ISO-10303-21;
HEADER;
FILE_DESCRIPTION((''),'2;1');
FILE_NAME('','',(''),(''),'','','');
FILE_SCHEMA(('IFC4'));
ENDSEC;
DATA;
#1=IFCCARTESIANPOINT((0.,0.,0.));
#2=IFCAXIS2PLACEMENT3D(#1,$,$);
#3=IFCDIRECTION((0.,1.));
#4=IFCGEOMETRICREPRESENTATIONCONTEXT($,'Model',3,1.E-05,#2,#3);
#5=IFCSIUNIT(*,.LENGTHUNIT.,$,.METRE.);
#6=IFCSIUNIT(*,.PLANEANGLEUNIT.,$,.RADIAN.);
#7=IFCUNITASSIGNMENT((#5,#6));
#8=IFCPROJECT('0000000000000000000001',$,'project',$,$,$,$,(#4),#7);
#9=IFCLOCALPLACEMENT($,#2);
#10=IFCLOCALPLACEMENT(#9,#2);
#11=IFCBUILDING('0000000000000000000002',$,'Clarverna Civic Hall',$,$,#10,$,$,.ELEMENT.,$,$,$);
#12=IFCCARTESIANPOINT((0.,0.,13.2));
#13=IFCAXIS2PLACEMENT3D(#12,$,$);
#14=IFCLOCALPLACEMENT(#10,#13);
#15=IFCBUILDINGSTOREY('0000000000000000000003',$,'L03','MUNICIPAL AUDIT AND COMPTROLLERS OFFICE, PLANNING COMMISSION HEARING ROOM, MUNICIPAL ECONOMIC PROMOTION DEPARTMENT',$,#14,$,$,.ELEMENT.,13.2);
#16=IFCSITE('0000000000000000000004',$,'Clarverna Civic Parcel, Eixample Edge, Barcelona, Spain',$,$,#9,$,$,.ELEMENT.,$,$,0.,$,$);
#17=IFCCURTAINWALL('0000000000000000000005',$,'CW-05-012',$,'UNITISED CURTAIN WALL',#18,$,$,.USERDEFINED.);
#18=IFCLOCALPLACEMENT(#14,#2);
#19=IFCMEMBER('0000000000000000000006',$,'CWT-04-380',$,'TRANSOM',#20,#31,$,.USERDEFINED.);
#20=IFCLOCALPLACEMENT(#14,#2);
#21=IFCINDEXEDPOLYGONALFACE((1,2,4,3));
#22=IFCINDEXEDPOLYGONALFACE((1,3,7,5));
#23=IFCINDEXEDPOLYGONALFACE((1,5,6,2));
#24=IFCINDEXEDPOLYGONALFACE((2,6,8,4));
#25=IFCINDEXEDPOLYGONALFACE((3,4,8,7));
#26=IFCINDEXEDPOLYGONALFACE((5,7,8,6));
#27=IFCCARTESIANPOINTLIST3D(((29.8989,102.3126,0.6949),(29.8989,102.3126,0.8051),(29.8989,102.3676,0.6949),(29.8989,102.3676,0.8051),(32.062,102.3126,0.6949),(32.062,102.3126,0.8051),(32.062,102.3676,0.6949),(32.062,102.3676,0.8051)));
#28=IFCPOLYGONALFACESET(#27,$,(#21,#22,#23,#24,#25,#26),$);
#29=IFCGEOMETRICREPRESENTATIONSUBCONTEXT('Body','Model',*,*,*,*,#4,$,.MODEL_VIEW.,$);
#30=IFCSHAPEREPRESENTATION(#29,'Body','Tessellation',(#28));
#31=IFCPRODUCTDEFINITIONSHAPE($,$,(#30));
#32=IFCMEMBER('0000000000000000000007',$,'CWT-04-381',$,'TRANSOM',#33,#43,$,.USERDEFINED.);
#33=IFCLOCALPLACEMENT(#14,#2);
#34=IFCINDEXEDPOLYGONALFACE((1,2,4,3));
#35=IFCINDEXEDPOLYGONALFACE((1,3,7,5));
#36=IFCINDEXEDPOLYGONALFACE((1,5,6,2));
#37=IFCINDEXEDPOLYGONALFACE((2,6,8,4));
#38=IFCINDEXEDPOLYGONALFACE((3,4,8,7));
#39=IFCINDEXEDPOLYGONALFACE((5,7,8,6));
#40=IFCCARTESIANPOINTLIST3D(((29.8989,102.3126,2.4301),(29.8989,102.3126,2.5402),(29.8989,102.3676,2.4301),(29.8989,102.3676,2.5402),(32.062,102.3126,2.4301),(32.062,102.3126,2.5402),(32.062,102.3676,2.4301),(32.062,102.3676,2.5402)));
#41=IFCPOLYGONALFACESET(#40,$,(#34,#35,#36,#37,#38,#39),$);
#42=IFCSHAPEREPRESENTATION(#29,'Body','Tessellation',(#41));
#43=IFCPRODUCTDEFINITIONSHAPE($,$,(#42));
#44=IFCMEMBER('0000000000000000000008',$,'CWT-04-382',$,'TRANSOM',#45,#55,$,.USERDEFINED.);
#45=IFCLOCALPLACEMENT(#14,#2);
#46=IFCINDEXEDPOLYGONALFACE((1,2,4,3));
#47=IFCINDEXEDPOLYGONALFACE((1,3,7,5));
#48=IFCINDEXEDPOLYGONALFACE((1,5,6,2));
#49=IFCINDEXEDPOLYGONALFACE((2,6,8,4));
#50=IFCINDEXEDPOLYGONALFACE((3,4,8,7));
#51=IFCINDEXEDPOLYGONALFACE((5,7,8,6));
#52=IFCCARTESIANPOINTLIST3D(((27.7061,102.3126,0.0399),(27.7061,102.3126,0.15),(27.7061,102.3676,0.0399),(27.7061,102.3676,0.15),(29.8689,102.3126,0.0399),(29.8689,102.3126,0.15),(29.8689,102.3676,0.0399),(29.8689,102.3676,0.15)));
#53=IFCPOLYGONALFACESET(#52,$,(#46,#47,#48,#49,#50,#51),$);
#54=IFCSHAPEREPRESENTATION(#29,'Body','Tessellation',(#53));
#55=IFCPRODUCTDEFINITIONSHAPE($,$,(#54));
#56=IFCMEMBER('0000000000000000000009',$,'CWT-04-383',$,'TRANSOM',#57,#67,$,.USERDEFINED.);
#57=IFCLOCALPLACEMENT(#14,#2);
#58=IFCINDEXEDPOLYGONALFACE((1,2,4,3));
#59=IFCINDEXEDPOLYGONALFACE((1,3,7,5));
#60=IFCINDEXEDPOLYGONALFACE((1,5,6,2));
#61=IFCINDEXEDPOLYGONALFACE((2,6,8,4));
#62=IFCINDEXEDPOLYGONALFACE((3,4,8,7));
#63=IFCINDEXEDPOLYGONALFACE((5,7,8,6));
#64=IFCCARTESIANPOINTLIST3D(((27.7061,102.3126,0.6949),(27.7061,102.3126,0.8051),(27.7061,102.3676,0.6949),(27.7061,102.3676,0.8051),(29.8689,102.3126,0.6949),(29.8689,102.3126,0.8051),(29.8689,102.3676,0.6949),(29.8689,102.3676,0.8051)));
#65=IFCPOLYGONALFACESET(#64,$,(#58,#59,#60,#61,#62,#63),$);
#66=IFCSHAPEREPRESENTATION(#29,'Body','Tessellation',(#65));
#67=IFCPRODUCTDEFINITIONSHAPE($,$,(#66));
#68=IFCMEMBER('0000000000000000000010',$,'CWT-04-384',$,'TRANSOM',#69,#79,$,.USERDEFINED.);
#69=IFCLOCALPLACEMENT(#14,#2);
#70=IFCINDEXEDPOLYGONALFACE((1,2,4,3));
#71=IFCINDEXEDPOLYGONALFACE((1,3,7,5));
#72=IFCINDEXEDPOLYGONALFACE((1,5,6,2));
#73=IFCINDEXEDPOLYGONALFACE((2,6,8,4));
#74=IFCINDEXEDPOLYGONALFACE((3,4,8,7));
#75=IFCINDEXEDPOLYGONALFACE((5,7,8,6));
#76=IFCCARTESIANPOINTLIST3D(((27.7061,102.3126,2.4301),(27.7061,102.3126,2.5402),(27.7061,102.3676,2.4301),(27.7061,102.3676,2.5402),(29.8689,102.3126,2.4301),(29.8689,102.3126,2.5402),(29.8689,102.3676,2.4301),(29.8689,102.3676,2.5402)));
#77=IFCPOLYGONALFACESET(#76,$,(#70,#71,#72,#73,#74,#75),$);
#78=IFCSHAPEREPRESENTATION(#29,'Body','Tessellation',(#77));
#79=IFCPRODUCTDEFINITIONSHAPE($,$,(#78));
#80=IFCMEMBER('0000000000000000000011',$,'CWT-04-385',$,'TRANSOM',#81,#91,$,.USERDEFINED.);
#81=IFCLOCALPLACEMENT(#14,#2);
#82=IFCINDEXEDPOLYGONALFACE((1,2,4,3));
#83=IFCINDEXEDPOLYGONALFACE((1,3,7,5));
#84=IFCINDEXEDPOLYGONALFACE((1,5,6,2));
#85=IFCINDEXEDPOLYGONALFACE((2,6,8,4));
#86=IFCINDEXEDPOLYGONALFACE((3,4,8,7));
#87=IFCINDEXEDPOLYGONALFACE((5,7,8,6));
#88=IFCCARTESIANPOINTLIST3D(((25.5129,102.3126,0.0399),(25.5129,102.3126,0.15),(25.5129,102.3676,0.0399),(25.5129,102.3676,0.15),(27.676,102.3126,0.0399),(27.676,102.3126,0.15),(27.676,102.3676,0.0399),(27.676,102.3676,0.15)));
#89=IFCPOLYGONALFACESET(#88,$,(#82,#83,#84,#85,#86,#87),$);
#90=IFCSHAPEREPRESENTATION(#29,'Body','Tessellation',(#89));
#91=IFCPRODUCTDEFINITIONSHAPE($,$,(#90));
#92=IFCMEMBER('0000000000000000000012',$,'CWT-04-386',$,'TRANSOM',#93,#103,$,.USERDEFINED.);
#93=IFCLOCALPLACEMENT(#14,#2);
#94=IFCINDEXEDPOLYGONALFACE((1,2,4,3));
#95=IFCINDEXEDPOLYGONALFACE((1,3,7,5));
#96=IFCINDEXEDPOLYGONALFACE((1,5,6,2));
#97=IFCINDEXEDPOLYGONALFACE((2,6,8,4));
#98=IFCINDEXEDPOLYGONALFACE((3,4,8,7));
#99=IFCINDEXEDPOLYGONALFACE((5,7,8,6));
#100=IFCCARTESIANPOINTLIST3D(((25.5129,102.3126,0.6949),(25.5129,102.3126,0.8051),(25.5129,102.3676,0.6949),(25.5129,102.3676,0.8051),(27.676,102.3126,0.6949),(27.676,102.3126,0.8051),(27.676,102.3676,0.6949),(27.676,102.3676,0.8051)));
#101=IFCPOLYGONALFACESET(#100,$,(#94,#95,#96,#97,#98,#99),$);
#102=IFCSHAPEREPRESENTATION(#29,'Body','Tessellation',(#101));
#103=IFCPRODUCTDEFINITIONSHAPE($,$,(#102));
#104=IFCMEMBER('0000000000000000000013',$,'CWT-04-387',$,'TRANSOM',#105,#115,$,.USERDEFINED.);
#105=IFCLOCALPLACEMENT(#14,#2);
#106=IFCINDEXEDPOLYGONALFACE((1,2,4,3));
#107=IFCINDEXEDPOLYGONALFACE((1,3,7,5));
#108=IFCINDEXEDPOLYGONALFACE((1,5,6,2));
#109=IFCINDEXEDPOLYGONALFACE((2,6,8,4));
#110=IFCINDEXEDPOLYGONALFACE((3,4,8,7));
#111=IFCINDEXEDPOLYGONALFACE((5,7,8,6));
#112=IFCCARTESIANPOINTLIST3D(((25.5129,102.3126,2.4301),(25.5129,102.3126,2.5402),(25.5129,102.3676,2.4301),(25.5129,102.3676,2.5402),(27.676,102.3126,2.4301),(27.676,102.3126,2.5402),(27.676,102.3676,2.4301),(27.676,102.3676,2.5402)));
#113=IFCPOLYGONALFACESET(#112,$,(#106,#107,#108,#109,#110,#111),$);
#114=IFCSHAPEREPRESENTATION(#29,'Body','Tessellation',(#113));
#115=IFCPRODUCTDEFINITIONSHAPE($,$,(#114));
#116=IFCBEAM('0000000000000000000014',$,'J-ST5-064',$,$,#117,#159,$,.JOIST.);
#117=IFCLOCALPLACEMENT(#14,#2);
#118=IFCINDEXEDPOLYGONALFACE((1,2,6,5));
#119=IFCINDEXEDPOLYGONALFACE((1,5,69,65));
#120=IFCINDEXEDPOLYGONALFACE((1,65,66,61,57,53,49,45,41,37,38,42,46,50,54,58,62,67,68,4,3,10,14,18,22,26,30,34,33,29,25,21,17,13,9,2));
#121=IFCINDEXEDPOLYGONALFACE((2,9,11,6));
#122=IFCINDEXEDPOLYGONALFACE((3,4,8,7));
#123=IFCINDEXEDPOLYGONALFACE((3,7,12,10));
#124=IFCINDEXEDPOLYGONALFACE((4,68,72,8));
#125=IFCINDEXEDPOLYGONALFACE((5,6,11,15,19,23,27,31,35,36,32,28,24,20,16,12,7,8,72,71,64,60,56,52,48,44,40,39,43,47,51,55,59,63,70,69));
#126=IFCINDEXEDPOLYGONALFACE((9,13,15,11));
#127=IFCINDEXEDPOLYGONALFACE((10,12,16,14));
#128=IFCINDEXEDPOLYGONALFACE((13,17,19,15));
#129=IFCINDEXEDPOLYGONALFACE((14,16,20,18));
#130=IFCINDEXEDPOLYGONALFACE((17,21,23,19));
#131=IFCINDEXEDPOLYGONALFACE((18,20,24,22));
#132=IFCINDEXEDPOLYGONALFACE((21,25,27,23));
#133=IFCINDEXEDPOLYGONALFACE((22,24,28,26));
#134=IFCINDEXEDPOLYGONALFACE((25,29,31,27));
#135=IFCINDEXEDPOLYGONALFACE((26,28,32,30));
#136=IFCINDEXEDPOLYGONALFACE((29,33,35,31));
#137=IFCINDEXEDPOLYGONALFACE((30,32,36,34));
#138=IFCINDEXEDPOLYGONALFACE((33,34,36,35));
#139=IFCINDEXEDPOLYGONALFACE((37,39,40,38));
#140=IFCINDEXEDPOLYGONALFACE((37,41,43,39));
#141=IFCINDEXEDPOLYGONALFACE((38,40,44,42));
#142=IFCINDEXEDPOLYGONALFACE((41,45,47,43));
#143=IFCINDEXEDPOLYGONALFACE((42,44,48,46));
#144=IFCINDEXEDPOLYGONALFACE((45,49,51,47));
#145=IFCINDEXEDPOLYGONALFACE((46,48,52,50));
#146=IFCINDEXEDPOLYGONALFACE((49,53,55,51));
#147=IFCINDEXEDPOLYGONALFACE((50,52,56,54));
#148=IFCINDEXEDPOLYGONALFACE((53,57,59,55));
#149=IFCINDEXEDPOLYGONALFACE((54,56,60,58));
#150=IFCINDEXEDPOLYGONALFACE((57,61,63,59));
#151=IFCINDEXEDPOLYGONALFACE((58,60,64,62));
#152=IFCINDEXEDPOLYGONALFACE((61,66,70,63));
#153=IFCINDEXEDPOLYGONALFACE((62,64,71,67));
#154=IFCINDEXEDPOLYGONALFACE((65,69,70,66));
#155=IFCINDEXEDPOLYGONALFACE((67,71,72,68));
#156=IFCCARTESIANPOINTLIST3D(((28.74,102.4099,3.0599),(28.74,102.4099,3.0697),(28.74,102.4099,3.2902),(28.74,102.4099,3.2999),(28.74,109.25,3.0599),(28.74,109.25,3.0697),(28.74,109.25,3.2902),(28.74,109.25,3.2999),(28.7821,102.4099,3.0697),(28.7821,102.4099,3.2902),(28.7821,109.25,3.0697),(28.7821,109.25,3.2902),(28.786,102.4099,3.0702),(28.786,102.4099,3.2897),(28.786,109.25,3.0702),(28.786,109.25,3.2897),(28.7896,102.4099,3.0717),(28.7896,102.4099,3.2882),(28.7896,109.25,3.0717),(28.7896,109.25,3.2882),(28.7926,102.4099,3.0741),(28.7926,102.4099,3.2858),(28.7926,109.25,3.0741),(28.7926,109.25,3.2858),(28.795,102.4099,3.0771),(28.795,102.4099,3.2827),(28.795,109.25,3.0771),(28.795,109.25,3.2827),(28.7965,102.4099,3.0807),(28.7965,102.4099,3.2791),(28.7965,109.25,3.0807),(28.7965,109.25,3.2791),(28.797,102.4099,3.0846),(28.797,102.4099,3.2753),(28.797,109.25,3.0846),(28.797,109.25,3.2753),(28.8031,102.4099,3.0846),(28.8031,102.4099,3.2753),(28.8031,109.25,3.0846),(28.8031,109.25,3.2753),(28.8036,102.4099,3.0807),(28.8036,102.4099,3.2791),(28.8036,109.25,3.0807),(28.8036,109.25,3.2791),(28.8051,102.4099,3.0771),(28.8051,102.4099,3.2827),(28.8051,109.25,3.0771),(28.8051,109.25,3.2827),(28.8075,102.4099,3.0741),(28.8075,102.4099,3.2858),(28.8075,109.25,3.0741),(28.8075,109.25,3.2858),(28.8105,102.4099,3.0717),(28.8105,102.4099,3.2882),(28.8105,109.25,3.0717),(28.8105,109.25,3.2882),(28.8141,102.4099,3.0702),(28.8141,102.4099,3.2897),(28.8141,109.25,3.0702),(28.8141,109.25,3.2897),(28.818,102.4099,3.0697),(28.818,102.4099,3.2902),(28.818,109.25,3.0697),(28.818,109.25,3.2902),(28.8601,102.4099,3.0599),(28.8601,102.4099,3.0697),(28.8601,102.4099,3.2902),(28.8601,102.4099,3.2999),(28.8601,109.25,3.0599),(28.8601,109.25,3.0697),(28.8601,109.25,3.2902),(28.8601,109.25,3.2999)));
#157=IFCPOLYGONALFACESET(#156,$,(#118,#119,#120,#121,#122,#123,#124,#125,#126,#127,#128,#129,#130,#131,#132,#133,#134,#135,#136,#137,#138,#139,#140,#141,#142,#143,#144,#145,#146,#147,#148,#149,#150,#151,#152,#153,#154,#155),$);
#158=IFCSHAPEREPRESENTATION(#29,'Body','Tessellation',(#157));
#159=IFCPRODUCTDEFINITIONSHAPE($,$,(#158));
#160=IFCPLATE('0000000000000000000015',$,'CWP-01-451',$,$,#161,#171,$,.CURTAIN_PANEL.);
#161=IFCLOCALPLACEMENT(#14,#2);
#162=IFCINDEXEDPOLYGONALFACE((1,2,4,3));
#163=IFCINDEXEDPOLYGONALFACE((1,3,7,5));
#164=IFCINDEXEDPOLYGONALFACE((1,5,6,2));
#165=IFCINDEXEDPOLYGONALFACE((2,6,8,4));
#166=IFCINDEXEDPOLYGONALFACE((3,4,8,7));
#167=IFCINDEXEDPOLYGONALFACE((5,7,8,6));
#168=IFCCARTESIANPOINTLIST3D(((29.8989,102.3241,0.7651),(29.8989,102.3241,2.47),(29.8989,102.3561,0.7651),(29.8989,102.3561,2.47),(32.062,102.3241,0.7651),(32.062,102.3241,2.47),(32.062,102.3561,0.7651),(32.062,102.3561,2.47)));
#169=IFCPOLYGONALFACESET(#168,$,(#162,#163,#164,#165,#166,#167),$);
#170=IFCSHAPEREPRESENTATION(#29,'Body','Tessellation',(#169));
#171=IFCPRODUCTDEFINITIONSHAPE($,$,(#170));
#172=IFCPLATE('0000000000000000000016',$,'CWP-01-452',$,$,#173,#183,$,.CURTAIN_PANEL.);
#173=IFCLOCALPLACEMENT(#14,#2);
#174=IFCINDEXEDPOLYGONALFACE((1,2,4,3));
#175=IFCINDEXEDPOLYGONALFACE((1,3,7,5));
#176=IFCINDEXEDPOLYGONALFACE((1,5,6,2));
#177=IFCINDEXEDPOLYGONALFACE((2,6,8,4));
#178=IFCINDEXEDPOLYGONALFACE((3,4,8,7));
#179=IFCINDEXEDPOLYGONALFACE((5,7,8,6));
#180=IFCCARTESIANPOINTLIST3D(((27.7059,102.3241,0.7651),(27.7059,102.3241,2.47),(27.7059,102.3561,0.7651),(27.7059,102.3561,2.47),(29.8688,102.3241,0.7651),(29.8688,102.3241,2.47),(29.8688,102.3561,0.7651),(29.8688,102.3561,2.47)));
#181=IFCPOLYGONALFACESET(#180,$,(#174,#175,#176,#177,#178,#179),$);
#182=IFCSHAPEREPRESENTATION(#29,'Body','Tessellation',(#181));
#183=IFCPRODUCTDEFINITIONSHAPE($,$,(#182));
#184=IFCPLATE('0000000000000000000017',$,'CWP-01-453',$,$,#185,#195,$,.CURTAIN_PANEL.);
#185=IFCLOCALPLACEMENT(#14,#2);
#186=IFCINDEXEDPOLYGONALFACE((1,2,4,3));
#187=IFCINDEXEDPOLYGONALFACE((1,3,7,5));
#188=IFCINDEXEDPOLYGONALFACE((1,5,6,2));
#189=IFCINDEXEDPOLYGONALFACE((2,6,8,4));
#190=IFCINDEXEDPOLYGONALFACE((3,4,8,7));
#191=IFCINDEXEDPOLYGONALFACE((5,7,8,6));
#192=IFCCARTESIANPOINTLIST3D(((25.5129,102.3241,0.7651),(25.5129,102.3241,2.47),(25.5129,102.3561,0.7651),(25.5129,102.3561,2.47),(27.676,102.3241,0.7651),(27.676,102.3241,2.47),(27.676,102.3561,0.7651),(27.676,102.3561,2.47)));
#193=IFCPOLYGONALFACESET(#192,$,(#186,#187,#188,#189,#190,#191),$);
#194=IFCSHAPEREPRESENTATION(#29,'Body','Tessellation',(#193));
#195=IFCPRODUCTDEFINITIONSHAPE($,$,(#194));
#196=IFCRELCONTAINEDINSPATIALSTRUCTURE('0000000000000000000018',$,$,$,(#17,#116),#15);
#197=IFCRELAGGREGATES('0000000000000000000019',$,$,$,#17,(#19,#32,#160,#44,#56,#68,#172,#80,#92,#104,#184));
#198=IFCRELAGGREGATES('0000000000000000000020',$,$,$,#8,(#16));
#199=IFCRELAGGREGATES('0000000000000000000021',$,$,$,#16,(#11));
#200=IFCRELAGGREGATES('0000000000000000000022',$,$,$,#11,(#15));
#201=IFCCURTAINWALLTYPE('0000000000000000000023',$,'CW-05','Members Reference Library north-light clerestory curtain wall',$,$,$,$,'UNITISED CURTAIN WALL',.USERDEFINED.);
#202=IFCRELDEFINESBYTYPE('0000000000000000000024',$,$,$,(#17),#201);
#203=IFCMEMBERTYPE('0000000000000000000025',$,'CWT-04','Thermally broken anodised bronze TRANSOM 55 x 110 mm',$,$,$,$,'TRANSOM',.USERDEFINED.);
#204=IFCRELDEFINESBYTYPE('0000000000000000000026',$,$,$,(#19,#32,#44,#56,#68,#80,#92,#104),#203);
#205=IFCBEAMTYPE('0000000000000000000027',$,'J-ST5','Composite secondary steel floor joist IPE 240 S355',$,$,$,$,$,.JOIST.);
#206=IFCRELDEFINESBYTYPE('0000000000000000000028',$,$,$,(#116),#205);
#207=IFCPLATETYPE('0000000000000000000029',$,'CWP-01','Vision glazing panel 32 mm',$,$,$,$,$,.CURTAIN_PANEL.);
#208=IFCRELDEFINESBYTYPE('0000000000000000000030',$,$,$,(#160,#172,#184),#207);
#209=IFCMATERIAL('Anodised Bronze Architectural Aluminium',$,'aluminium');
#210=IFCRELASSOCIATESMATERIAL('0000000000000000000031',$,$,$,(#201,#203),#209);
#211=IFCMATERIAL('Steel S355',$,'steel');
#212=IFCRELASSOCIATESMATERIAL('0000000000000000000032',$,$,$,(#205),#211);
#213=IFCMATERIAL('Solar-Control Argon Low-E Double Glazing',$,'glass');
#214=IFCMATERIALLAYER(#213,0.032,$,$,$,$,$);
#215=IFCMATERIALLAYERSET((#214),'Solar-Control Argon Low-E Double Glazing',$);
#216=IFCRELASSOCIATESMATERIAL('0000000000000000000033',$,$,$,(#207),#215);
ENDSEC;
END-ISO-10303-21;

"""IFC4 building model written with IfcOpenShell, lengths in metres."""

from ifc_helpers import new_model, si_unit, direction, frame, frame_2d, origin, origin_2d, place, context, subcontext, project, spatial, rectangle, i_section, extrude, material, layer, layer_set, material_profile, profile_set, type_object, element, aggregate, save


model = new_model("IFC4")

# Units and contexts
model_context = context("Model", 3, precision=1e-05, world=origin(), true_north=direction((0.0, 1.0)))
body_context = subcontext(model_context, "Body", "Model", "MODEL_VIEW")
ifc_project = project(units=[si_unit("LENGTHUNIT", "METRE"), si_unit("PLANEANGLEUNIT", "RADIAN")], contexts=[model_context])

# Site, building, storey
site_placement = place(None, origin())
site = spatial("IfcSite", under=ifc_project, at=site_placement, Name="Clarverna Civic Parcel, Eixample Edge, Barcelona, Spain", CompositionType="ELEMENT", RefElevation=0.0)
building_placement = place(site_placement, origin())
building = spatial("IfcBuilding", under=site, at=building_placement, Name="Clarverna Civic Hall", CompositionType="ELEMENT")
storey_placement = place(building_placement, frame((0.0, 0.0, 13.2)))
storey = spatial("IfcBuildingStorey", under=building, at=storey_placement, Name="L03", Description="MUNICIPAL AUDIT AND COMPTROLLERS OFFICE, PLANNING COMMISSION HEARING ROOM, MUNICIPAL ECONOMIC PROMOTION DEPARTMENT", CompositionType="ELEMENT", Elevation=13.2)

# Curtain wall
ifc_material_1 = material(Name="Anodised Bronze Architectural Aluminium", Category="aluminium")
curtain_wall_type = type_object("IfcCurtainWallType", Name="CW-05", Description="Members Reference Library north-light clerestory curtain wall", ElementType="UNITISED CURTAIN WALL", PredefinedType="USERDEFINED", material=ifc_material_1)
curtain_wall_1_placement = place(storey_placement, origin())
curtain_wall_1 = element("IfcCurtainWall", 1, at=curtain_wall_1_placement, inside=storey, type_object=curtain_wall_type, Name="CW-05-012", ObjectType="UNITISED CURTAIN WALL", PredefinedType="USERDEFINED")

# Members
ifc_material_profile_1 = material_profile(ifc_material_1, rectangle(XDim=0.0549, YDim=0.1101, at=origin_2d()), Name="BRONZE 55x110")
ifc_profile_set_1 = profile_set([ifc_material_profile_1], Name="Anodised Bronze Architectural Aluminium")
member_type_1 = type_object("IfcMemberType", Name="CWT-04", Description="Thermally broken anodised bronze TRANSOM 55 x 110 mm", ElementType="TRANSOM", PredefinedType="USERDEFINED", material=ifc_profile_set_1)
member_1_placement = place(storey_placement, frame((32.062, 102.3401, 0.75), z_axis=(-1.0, 0.0, 0.0), x_axis=(0.0, -1.0, 0.0)))
member_1 = element("IfcMember", 2, at=member_1_placement, type_object=member_type_1, Name="CWT-04-380", ObjectType="TRANSOM", PredefinedType="USERDEFINED", context=body_context, shape_type="SweptSolid", body=[
    extrude(rectangle(XDim=0.0549, YDim=0.1101, at=origin_2d()), origin(), (0.0, 0.0, 1.0), 2.1631),
])
member_2_placement = place(storey_placement, frame((32.062, 102.3401, 2.4851), z_axis=(-1.0, 0.0, 0.0), x_axis=(0.0, -1.0, 0.0)))
member_2 = element("IfcMember", 3, at=member_2_placement, type_object=member_type_1, Name="CWT-04-381", ObjectType="TRANSOM", PredefinedType="USERDEFINED", context=body_context, shape_type="SweptSolid", body=[
    extrude(rectangle(XDim=0.0549, YDim=0.1101, at=origin_2d()), origin(), (0.0, 0.0, 1.0), 2.1631),
])
member_3_placement = place(storey_placement, frame((29.8689, 102.3401, 0.095), z_axis=(-1.0, 0.0, 0.0), x_axis=(0.0, -1.0, 0.0)))
member_3 = element("IfcMember", 4, at=member_3_placement, type_object=member_type_1, Name="CWT-04-382", ObjectType="TRANSOM", PredefinedType="USERDEFINED", context=body_context, shape_type="SweptSolid", body=[
    extrude(rectangle(XDim=0.0549, YDim=0.1101, at=origin_2d()), origin(), (0.0, 0.0, 1.0), 2.1628),
])
member_4_placement = place(storey_placement, frame((29.8689, 102.3401, 0.75), z_axis=(-1.0, 0.0, 0.0), x_axis=(0.0, -1.0, 0.0)))
member_4 = element("IfcMember", 5, at=member_4_placement, type_object=member_type_1, Name="CWT-04-383", ObjectType="TRANSOM", PredefinedType="USERDEFINED", context=body_context, shape_type="SweptSolid", body=[
    extrude(rectangle(XDim=0.0549, YDim=0.1101, at=origin_2d()), origin(), (0.0, 0.0, 1.0), 2.1628),
])
member_5_placement = place(storey_placement, frame((29.8689, 102.3401, 2.4851), z_axis=(-1.0, 0.0, 0.0), x_axis=(0.0, -1.0, 0.0)))
member_5 = element("IfcMember", 6, at=member_5_placement, type_object=member_type_1, Name="CWT-04-384", ObjectType="TRANSOM", PredefinedType="USERDEFINED", context=body_context, shape_type="SweptSolid", body=[
    extrude(rectangle(XDim=0.0549, YDim=0.1101, at=origin_2d()), origin(), (0.0, 0.0, 1.0), 2.1628),
])
member_6_placement = place(storey_placement, frame((27.676, 102.3401, 0.095), z_axis=(-1.0, 0.0, 0.0), x_axis=(0.0, -1.0, 0.0)))
member_6 = element("IfcMember", 7, at=member_6_placement, type_object=member_type_1, Name="CWT-04-385", ObjectType="TRANSOM", PredefinedType="USERDEFINED", context=body_context, shape_type="SweptSolid", body=[
    extrude(rectangle(XDim=0.0549, YDim=0.1101, at=origin_2d()), origin(), (0.0, 0.0, 1.0), 2.1631),
])
member_7_placement = place(storey_placement, frame((27.676, 102.3401, 0.75), z_axis=(-1.0, 0.0, 0.0), x_axis=(0.0, -1.0, 0.0)))
member_7 = element("IfcMember", 8, at=member_7_placement, type_object=member_type_1, Name="CWT-04-386", ObjectType="TRANSOM", PredefinedType="USERDEFINED", context=body_context, shape_type="SweptSolid", body=[
    extrude(rectangle(XDim=0.0549, YDim=0.1101, at=origin_2d()), origin(), (0.0, 0.0, 1.0), 2.1631),
])
member_8_placement = place(storey_placement, frame((27.676, 102.3401, 2.4851), z_axis=(-1.0, 0.0, 0.0), x_axis=(0.0, -1.0, 0.0)))
member_8 = element("IfcMember", 9, at=member_8_placement, type_object=member_type_1, Name="CWT-04-387", ObjectType="TRANSOM", PredefinedType="USERDEFINED", context=body_context, shape_type="SweptSolid", body=[
    extrude(rectangle(XDim=0.0549, YDim=0.1101, at=origin_2d()), origin(), (0.0, 0.0, 1.0), 2.1631),
])

# Beam
ifc_material_2 = material(Name="Steel S355", Category="steel")
ifc_material_profile_2 = material_profile(ifc_material_2, i_section(OverallWidth=0.1201, OverallDepth=0.24, WebThickness=0.0061, FlangeThickness=0.0098, FilletRadius=0.0149, at=origin_2d()), Name="IPE 240")
ifc_profile_set_2 = profile_set([ifc_material_profile_2], Name="Steel S355")
beam_type = type_object("IfcBeamType", Name="J-ST5", Description="Composite secondary steel floor joist IPE 240 S355", PredefinedType="JOIST", material=ifc_profile_set_2)
beam_placement = place(storey_placement, frame((28.8, 102.4099, 3.1799), z_axis=(0.0, 1.0, 0.0), x_axis=(-1.0, 0.0, 0.0)))
element("IfcBeam", 10, at=beam_placement, inside=storey, type_object=beam_type, Name="J-ST5-064", PredefinedType="JOIST", context=body_context, shape_type="SweptSolid", body=[
    extrude(i_section(OverallWidth=0.1201, OverallDepth=0.24, WebThickness=0.0061, FlangeThickness=0.0098, FilletRadius=0.0149, at=origin_2d()), origin(), (0.0, 0.0, 1.0), 6.8401),
])

# Plates
ifc_material_3 = material(Name="Solar-Control Argon Low-E Double Glazing", Category="glass")
ifc_layer_1 = layer(ifc_material_3, 0.032)
ifc_layer_set_1 = layer_set([ifc_layer_1], Name="Solar-Control Argon Low-E Double Glazing")
plate_type_1 = type_object("IfcPlateType", Name="CWP-01", Description="Vision glazing panel 32 mm", PredefinedType="CURTAIN_PANEL", material=ifc_layer_set_1)
plate_1_placement = place(storey_placement, frame((32.062, 102.3401, 0.7651), z_axis=(0.0, 0.0, 1.0), x_axis=(-1.0, 0.0, 0.0)))
plate_1 = element("IfcPlate", 11, at=plate_1_placement, type_object=plate_type_1, Name="CWP-01-451", PredefinedType="CURTAIN_PANEL", context=body_context, shape_type="SweptSolid", body=[
    extrude(rectangle(XDim=2.1631, YDim=0.032, at=frame_2d((1.0815, 0.0))), origin(), (0.0, 0.0, 1.0), 1.7048),
])
plate_2_placement = place(storey_placement, frame((29.8689, 102.3401, 0.7651), z_axis=(0.0, 0.0, 1.0), x_axis=(-1.0, 0.0, 0.0)))
plate_2 = element("IfcPlate", 12, at=plate_2_placement, type_object=plate_type_1, Name="CWP-01-452", PredefinedType="CURTAIN_PANEL", context=body_context, shape_type="SweptSolid", body=[
    extrude(rectangle(XDim=2.1628, YDim=0.032, at=frame_2d((1.0815, 0.0))), origin(), (0.0, 0.0, 1.0), 1.7048),
])
plate_3_placement = place(storey_placement, frame((27.676, 102.3401, 0.7651), z_axis=(0.0, 0.0, 1.0), x_axis=(-1.0, 0.0, 0.0)))
plate_3 = element("IfcPlate", 13, at=plate_3_placement, type_object=plate_type_1, Name="CWP-01-453", PredefinedType="CURTAIN_PANEL", context=body_context, shape_type="SweptSolid", body=[
    extrude(rectangle(XDim=2.1631, YDim=0.032, at=frame_2d((1.0815, 0.0))), origin(), (0.0, 0.0, 1.0), 1.7048),
])
aggregate(curtain_wall_1, [member_1, member_2, plate_1, member_3, member_4, member_5, plate_2, member_6, member_7, member_8, plate_3])

save(model, "model.ifc")
